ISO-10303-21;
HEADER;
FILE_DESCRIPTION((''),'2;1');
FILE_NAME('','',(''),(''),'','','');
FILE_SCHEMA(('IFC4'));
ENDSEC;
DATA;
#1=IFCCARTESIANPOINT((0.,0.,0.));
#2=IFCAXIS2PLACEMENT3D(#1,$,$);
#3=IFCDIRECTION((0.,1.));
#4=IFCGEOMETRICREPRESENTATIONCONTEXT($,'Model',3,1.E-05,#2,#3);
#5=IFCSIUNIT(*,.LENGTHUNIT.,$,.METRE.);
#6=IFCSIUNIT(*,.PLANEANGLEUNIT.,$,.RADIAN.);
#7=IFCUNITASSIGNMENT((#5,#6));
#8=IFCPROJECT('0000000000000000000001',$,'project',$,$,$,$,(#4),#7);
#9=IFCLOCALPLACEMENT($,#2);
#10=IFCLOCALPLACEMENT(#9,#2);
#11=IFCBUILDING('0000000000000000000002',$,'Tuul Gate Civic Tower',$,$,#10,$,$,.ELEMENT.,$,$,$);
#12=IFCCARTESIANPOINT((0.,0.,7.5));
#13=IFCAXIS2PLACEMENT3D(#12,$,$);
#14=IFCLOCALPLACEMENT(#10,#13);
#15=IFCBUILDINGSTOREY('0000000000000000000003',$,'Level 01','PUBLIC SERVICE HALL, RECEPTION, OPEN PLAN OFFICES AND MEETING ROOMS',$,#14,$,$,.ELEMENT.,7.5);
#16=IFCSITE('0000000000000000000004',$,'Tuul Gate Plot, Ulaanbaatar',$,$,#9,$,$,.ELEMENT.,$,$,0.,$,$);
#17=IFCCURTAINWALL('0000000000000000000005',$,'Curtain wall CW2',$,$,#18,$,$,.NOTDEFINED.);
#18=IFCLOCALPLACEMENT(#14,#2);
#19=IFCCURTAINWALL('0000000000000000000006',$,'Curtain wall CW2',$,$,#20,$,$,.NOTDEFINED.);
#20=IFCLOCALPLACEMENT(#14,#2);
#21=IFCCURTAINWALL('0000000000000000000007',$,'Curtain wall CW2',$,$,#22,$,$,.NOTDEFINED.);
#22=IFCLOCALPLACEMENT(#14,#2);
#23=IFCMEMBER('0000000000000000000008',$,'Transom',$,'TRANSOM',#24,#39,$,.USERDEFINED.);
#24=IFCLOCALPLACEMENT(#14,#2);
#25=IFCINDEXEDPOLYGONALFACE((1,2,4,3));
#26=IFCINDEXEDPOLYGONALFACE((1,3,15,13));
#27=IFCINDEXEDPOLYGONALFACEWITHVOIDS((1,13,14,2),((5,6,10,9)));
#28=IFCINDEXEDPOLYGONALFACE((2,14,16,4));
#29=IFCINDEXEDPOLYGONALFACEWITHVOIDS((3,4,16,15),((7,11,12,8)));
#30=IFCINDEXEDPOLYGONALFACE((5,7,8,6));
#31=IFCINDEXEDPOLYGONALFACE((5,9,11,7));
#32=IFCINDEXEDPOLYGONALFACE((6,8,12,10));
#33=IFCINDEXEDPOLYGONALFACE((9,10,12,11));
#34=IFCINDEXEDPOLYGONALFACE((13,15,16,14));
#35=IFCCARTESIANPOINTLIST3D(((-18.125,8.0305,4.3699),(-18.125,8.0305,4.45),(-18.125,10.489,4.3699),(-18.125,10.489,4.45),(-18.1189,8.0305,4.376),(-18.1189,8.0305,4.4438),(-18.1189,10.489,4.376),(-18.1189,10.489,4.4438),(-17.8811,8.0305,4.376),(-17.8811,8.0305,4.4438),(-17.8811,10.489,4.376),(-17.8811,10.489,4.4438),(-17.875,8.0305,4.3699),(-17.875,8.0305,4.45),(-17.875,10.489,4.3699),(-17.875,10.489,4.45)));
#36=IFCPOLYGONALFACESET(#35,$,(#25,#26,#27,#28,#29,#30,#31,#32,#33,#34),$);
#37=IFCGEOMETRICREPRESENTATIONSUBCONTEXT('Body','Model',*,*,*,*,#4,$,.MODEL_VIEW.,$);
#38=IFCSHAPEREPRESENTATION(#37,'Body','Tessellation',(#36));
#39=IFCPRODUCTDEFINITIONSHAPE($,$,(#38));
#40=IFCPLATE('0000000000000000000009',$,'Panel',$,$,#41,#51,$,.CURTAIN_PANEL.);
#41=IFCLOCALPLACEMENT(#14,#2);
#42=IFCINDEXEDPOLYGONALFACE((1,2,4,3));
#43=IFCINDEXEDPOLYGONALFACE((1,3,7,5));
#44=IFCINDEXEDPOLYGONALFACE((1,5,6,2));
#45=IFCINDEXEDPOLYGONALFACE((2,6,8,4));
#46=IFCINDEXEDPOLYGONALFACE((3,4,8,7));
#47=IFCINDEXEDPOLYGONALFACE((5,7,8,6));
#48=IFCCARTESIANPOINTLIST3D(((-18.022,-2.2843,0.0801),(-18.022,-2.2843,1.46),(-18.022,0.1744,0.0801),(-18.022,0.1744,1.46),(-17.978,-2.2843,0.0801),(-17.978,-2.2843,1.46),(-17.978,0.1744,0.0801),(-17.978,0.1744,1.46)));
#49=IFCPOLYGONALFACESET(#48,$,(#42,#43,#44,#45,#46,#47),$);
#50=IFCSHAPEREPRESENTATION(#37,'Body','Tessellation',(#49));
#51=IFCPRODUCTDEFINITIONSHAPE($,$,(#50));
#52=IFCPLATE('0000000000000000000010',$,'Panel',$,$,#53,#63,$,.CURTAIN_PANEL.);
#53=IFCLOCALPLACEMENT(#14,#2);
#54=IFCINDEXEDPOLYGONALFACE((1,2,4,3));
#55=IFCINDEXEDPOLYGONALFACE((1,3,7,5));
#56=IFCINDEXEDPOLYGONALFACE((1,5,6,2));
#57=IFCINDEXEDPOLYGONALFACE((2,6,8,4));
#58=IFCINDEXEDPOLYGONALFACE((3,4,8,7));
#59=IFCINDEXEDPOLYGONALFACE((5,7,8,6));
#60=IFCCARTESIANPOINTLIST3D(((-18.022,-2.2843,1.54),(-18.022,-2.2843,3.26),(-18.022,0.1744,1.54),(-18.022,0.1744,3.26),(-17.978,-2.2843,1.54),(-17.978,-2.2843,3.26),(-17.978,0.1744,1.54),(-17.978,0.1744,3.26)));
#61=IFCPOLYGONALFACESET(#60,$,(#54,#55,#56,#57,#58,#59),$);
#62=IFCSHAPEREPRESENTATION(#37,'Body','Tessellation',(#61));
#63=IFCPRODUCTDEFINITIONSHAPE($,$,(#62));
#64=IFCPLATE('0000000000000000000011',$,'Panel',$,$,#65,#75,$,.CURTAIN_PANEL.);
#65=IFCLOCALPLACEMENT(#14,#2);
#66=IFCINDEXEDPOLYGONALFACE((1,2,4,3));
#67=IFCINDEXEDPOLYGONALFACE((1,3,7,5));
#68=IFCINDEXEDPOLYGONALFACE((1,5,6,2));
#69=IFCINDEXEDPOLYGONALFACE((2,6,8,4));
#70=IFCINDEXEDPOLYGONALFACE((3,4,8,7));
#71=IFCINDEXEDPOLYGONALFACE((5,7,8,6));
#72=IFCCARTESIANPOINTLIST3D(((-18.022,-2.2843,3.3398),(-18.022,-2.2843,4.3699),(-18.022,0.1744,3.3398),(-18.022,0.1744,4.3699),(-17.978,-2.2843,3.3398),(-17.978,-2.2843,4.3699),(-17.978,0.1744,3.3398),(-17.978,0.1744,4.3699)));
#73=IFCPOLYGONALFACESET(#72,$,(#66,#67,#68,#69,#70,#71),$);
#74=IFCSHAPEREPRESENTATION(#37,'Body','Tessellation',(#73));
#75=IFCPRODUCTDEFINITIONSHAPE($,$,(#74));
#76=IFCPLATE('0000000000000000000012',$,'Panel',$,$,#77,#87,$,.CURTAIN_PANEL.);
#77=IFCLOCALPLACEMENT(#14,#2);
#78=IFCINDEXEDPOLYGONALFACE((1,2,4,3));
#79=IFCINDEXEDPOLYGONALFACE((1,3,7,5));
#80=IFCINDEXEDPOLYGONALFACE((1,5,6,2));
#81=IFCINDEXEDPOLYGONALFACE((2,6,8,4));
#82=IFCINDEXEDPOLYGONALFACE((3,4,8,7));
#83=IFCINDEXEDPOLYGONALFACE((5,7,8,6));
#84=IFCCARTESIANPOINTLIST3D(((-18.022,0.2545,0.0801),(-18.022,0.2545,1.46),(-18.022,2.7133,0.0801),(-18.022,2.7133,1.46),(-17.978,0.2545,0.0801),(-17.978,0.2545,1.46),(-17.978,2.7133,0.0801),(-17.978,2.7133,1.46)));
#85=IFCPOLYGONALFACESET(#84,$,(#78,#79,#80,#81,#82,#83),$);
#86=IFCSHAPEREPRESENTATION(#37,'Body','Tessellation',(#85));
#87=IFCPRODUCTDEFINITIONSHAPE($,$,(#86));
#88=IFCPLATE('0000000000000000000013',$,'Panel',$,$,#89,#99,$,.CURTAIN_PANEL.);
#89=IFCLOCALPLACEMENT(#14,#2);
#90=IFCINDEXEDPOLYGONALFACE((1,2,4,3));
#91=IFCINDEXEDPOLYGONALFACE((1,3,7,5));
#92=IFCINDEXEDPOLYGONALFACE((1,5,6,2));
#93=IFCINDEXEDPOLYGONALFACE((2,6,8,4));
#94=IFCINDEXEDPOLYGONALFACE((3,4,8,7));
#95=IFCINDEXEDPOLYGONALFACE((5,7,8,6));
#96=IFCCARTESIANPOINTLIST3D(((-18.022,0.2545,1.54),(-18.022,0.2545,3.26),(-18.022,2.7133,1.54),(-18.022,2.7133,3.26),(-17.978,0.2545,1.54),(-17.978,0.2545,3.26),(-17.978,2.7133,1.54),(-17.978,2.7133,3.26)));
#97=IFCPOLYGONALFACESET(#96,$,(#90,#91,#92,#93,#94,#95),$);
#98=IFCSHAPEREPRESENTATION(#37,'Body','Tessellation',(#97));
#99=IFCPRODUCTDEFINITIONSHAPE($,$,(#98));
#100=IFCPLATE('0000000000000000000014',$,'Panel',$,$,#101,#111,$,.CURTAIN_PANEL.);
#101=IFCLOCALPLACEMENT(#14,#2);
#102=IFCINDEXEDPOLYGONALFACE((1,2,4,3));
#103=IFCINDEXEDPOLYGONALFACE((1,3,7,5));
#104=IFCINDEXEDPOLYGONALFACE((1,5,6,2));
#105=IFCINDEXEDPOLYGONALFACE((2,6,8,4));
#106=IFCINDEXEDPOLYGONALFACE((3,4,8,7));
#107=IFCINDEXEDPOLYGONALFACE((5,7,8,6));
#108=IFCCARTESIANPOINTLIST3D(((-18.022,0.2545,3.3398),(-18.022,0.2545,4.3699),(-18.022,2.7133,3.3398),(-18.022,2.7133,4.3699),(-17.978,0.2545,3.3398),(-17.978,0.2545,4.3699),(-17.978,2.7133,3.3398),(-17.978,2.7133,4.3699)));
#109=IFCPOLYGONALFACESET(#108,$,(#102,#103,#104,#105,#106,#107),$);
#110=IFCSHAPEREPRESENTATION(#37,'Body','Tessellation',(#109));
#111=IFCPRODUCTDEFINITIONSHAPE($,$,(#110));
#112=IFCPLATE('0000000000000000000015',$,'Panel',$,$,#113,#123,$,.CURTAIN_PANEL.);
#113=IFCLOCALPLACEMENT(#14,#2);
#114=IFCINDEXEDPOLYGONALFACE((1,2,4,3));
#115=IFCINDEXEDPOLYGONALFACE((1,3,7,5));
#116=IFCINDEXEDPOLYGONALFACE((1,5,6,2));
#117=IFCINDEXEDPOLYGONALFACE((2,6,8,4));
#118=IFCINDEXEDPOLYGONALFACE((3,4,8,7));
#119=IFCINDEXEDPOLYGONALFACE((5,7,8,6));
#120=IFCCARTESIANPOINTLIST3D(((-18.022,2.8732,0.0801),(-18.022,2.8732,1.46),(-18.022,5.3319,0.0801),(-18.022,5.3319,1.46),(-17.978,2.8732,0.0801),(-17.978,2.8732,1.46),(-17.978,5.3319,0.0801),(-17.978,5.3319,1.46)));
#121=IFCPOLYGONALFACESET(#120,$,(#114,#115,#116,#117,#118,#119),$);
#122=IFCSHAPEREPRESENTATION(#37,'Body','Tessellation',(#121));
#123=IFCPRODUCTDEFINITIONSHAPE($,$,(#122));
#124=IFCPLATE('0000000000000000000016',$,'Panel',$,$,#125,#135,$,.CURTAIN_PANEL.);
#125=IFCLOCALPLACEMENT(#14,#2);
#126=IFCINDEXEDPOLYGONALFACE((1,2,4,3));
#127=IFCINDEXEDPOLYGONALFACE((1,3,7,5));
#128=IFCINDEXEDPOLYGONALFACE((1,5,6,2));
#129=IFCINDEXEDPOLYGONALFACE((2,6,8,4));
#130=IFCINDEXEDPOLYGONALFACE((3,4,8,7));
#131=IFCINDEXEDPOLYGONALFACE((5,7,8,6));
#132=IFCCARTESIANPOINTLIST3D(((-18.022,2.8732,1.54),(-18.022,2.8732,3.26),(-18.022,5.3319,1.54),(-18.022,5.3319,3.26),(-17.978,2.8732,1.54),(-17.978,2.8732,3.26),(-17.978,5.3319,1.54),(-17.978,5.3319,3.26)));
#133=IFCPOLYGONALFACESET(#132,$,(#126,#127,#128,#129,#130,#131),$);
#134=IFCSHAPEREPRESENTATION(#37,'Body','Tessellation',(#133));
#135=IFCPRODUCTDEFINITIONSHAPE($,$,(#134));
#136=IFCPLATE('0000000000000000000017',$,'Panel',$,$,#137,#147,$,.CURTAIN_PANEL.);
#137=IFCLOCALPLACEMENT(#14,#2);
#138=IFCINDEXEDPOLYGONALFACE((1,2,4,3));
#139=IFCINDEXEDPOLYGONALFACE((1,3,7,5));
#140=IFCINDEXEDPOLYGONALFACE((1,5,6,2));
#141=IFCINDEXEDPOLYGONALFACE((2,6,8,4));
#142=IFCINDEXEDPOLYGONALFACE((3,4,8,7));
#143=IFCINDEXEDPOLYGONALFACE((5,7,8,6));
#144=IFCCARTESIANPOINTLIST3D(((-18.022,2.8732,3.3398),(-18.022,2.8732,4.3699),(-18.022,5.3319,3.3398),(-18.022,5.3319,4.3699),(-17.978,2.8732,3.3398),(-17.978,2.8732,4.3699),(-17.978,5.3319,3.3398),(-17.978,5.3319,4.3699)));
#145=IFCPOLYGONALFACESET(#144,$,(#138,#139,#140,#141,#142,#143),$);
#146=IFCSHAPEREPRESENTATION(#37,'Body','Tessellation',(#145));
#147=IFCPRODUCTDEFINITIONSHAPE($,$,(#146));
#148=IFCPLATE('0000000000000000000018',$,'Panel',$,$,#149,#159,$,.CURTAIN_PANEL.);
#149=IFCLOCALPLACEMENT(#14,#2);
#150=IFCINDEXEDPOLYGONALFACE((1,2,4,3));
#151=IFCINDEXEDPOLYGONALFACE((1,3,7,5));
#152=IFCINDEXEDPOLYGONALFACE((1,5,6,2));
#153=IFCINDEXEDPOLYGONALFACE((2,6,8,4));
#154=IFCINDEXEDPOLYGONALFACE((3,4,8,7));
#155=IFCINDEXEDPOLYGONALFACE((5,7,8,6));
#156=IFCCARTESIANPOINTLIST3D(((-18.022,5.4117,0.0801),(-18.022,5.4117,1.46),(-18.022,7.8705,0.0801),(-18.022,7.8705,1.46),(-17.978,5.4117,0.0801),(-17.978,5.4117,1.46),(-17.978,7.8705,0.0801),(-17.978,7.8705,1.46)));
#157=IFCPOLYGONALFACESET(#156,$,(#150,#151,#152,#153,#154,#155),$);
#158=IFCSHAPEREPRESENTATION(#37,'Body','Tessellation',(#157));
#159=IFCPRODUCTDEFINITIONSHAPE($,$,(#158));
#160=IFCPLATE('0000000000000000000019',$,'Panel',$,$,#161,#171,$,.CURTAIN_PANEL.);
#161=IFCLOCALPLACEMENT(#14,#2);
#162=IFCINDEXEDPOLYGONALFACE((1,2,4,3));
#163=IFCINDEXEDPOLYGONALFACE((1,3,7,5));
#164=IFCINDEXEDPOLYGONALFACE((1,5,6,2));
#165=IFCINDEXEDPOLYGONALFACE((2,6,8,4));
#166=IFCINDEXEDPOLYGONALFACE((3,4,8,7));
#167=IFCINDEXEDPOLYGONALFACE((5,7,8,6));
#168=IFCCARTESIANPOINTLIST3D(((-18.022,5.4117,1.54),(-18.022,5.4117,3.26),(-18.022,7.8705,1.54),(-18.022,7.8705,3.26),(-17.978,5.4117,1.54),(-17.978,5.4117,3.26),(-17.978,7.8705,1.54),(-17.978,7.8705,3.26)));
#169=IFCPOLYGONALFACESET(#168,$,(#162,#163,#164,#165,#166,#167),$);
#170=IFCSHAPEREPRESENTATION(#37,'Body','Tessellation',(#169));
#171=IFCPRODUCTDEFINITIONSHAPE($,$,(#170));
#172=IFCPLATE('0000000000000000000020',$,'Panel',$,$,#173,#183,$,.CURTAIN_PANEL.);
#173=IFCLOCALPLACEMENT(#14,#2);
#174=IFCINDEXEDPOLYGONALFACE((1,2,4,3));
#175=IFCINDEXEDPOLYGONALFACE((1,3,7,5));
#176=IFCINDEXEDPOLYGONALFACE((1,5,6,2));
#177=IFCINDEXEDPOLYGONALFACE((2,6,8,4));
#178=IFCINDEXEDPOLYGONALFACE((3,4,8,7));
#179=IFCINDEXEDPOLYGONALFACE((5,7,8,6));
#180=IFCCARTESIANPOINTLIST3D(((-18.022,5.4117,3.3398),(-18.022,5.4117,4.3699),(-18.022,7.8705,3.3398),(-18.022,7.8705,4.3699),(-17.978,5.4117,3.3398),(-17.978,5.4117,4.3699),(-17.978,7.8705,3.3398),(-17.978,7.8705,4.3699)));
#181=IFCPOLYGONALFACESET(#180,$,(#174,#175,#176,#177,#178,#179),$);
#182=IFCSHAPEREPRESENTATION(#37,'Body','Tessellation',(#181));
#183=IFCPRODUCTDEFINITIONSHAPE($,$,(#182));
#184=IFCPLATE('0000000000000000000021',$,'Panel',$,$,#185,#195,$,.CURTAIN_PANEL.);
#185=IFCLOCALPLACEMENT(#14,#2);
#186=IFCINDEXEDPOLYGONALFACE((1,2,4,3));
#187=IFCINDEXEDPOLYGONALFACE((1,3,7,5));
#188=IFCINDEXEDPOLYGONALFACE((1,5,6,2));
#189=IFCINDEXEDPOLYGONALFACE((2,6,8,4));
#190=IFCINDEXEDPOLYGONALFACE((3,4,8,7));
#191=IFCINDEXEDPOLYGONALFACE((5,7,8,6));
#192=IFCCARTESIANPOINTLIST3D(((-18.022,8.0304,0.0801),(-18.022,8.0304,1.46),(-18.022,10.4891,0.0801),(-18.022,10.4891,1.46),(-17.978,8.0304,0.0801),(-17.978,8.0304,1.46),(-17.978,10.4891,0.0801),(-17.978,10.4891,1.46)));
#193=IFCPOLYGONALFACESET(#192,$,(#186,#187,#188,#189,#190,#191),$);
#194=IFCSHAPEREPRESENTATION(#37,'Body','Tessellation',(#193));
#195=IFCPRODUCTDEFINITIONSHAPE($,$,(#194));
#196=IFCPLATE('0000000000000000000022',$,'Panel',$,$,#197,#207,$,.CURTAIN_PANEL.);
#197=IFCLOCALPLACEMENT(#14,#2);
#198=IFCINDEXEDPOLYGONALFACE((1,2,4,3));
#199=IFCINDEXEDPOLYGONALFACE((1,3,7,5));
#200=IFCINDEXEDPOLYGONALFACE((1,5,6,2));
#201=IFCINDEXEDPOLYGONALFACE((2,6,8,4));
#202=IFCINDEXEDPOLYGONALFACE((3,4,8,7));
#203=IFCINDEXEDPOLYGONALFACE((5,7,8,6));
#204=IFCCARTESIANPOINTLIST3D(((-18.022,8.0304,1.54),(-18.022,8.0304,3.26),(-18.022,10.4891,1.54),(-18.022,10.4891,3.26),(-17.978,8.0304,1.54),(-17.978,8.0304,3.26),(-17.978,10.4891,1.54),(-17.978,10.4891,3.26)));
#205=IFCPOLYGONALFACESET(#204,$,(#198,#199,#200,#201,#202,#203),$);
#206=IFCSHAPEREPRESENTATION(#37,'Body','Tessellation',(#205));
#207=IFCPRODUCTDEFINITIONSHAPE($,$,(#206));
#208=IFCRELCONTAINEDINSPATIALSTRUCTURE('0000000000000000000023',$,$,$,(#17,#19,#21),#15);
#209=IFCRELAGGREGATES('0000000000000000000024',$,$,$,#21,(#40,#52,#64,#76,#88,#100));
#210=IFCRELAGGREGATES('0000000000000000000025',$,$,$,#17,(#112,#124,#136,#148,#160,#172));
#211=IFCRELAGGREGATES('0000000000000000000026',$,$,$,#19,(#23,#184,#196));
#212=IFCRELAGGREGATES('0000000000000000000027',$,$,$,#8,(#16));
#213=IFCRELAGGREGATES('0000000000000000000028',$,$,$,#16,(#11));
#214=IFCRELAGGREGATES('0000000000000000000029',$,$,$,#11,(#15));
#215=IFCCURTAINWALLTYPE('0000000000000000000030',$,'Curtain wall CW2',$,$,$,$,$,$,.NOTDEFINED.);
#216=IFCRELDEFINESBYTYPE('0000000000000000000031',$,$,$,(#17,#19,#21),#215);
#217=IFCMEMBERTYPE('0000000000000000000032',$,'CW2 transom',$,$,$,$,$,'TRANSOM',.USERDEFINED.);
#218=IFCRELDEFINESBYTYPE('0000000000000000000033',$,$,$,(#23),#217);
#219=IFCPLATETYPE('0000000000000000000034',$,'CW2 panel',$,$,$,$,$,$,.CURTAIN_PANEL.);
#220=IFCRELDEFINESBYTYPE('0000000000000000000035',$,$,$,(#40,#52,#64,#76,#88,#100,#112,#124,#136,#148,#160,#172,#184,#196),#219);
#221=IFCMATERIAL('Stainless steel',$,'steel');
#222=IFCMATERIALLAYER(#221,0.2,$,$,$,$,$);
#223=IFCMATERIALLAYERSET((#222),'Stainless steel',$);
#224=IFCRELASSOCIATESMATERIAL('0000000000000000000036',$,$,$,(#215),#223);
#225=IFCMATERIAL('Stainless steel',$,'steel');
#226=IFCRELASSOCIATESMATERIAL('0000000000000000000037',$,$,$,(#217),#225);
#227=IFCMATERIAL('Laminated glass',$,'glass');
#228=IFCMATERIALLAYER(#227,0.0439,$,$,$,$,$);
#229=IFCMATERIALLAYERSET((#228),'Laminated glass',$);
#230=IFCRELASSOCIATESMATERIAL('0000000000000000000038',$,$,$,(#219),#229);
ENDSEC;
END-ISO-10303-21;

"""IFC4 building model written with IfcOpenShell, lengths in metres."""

from ifc_helpers import new_model, si_unit, direction, frame, origin, origin_2d, place, context, subcontext, project, spatial, rectangle, hollow_rectangle, extrude, material, layer, layer_set, material_profile, profile_set, type_object, element, aggregate, save


model = new_model("IFC4")

# Units and contexts
model_context = context("Model", 3, precision=1e-05, world=origin(), true_north=direction((0.0, 1.0)))
body_context = subcontext(model_context, "Body", "Model", "MODEL_VIEW")
ifc_project = project(units=[si_unit("LENGTHUNIT", "METRE"), si_unit("PLANEANGLEUNIT", "RADIAN")], contexts=[model_context])

# Site, building, storey
site_placement = place(None, origin())
site = spatial("IfcSite", under=ifc_project, at=site_placement, Name="Tuul Gate Plot, Ulaanbaatar", CompositionType="ELEMENT", RefElevation=0.0)
building_placement = place(site_placement, origin())
building = spatial("IfcBuilding", under=site, at=building_placement, Name="Tuul Gate Civic Tower", CompositionType="ELEMENT")
storey_placement = place(building_placement, frame((0.0, 0.0, 7.5)))
storey = spatial("IfcBuildingStorey", under=building, at=storey_placement, Name="Level 01", Description="PUBLIC SERVICE HALL, RECEPTION, OPEN PLAN OFFICES AND MEETING ROOMS", CompositionType="ELEMENT", Elevation=7.5)

# Curtain walls
ifc_material_1 = material(Name="Stainless steel", Category="steel")
ifc_layer_1 = layer(ifc_material_1, 0.2)
ifc_layer_set_1 = layer_set([ifc_layer_1], Name="Stainless steel")
curtain_wall_type = type_object("IfcCurtainWallType", Name="Curtain wall CW2", PredefinedType="NOTDEFINED", material=ifc_layer_set_1)
curtain_wall_1_placement = place(storey_placement, origin())
curtain_wall_1 = element("IfcCurtainWall", 1, at=curtain_wall_1_placement, inside=storey, type_object=curtain_wall_type, Name="Curtain wall CW2", PredefinedType="NOTDEFINED")
curtain_wall_2_placement = place(storey_placement, origin())
curtain_wall_2 = element("IfcCurtainWall", 2, at=curtain_wall_2_placement, inside=storey, type_object=curtain_wall_type, Name="Curtain wall CW2", PredefinedType="NOTDEFINED")
curtain_wall_3_placement = place(storey_placement, origin())
curtain_wall_3 = element("IfcCurtainWall", 3, at=curtain_wall_3_placement, inside=storey, type_object=curtain_wall_type, Name="Curtain wall CW2", PredefinedType="NOTDEFINED")
ifc_material_2 = material(Name="Stainless steel", Category="steel")
ifc_material_profile_1 = material_profile(ifc_material_2, hollow_rectangle(XDim=0.25, YDim=0.0801, WallThickness=0.0061, at=origin_2d()), Name="CW2 transom")
ifc_profile_set_1 = profile_set([ifc_material_profile_1], Name="Stainless steel")
member_type_1 = type_object("IfcMemberType", Name="CW2 transom", ElementType="TRANSOM", PredefinedType="USERDEFINED", material=ifc_profile_set_1)

# Member
member_1_placement = place(storey_placement, frame((-18.0, 8.0305, 4.4099), z_axis=(0.0, 1.0, 0.0), x_axis=(-1.0, 0.0, 0.0)))
member_1 = element("IfcMember", 4, at=member_1_placement, type_object=member_type_1, Name="Transom", ObjectType="TRANSOM", PredefinedType="USERDEFINED", context=body_context, shape_type="SweptSolid", body=[
    extrude(hollow_rectangle(XDim=0.25, YDim=0.0801, WallThickness=0.0061, at=origin_2d()), origin(), (0.0, 0.0, 1.0), 2.4585),
])

# Plates
ifc_material_3 = material(Name="Laminated glass", Category="glass")
ifc_layer_2 = layer(ifc_material_3, 0.0439)
ifc_layer_set_2 = layer_set([ifc_layer_2], Name="Laminated glass")
plate_type = type_object("IfcPlateType", Name="CW2 panel", PredefinedType="CURTAIN_PANEL", material=ifc_layer_set_2)
plate_1_placement = place(storey_placement, frame((-18.0, -1.0549, 0.0801), z_axis=(0.0, 0.0, 1.0), x_axis=(0.0, 1.0, 0.0)))
plate_1 = element("IfcPlate", 5, at=plate_1_placement, type_object=plate_type, Name="Panel", PredefinedType="CURTAIN_PANEL", context=body_context, shape_type="SweptSolid", body=[
    extrude(rectangle(XDim=2.4587, YDim=0.0439, at=origin_2d()), origin(), (0.0, 0.0, 1.0), 1.3799),
])
plate_2_placement = place(storey_placement, frame((-18.0, -1.0549, 1.54), z_axis=(0.0, 0.0, 1.0), x_axis=(0.0, 1.0, 0.0)))
plate_2 = element("IfcPlate", 6, at=plate_2_placement, type_object=plate_type, Name="Panel", PredefinedType="CURTAIN_PANEL", context=body_context, shape_type="SweptSolid", body=[
    extrude(rectangle(XDim=2.4587, YDim=0.0439, at=origin_2d()), origin(), (0.0, 0.0, 1.0), 1.72),
])
plate_3_placement = place(storey_placement, frame((-18.0, -1.0549, 3.3398), z_axis=(0.0, 0.0, 1.0), x_axis=(0.0, 1.0, 0.0)))
plate_3 = element("IfcPlate", 7, at=plate_3_placement, type_object=plate_type, Name="Panel", PredefinedType="CURTAIN_PANEL", context=body_context, shape_type="SweptSolid", body=[
    extrude(rectangle(XDim=2.4587, YDim=0.0439, at=origin_2d()), origin(), (0.0, 0.0, 1.0), 1.03),
])
plate_4_placement = place(storey_placement, frame((-18.0, 1.4839, 0.0801), z_axis=(0.0, 0.0, 1.0), x_axis=(0.0, 1.0, 0.0)))
plate_4 = element("IfcPlate", 8, at=plate_4_placement, type_object=plate_type, Name="Panel", PredefinedType="CURTAIN_PANEL", context=body_context, shape_type="SweptSolid", body=[
    extrude(rectangle(XDim=2.4587, YDim=0.0439, at=origin_2d()), origin(), (0.0, 0.0, 1.0), 1.3799),
])
plate_5_placement = place(storey_placement, frame((-18.0, 1.4839, 1.54), z_axis=(0.0, 0.0, 1.0), x_axis=(0.0, 1.0, 0.0)))
plate_5 = element("IfcPlate", 9, at=plate_5_placement, type_object=plate_type, Name="Panel", PredefinedType="CURTAIN_PANEL", context=body_context, shape_type="SweptSolid", body=[
    extrude(rectangle(XDim=2.4587, YDim=0.0439, at=origin_2d()), origin(), (0.0, 0.0, 1.0), 1.72),
])
plate_6_placement = place(storey_placement, frame((-18.0, 1.4839, 3.3398), z_axis=(0.0, 0.0, 1.0), x_axis=(0.0, 1.0, 0.0)))
plate_6 = element("IfcPlate", 10, at=plate_6_placement, type_object=plate_type, Name="Panel", PredefinedType="CURTAIN_PANEL", context=body_context, shape_type="SweptSolid", body=[
    extrude(rectangle(XDim=2.4587, YDim=0.0439, at=origin_2d()), origin(), (0.0, 0.0, 1.0), 1.03),
])
aggregate(curtain_wall_3, [plate_1, plate_2, plate_3, plate_4, plate_5, plate_6])
plate_7_placement = place(storey_placement, frame((-18.0, 4.1025, 0.0801), z_axis=(0.0, 0.0, 1.0), x_axis=(0.0, 1.0, 0.0)))
plate_7 = element("IfcPlate", 11, at=plate_7_placement, type_object=plate_type, Name="Panel", PredefinedType="CURTAIN_PANEL", context=body_context, shape_type="SweptSolid", body=[
    extrude(rectangle(XDim=2.4587, YDim=0.0439, at=origin_2d()), origin(), (0.0, 0.0, 1.0), 1.3799),
])
plate_8_placement = place(storey_placement, frame((-18.0, 4.1025, 1.54), z_axis=(0.0, 0.0, 1.0), x_axis=(0.0, 1.0, 0.0)))
plate_8 = element("IfcPlate", 12, at=plate_8_placement, type_object=plate_type, Name="Panel", PredefinedType="CURTAIN_PANEL", context=body_context, shape_type="SweptSolid", body=[
    extrude(rectangle(XDim=2.4587, YDim=0.0439, at=origin_2d()), origin(), (0.0, 0.0, 1.0), 1.72),
])
plate_9_placement = place(storey_placement, frame((-18.0, 4.1025, 3.3398), z_axis=(0.0, 0.0, 1.0), x_axis=(0.0, 1.0, 0.0)))
plate_9 = element("IfcPlate", 13, at=plate_9_placement, type_object=plate_type, Name="Panel", PredefinedType="CURTAIN_PANEL", context=body_context, shape_type="SweptSolid", body=[
    extrude(rectangle(XDim=2.4587, YDim=0.0439, at=origin_2d()), origin(), (0.0, 0.0, 1.0), 1.03),
])
plate_10_placement = place(storey_placement, frame((-18.0, 6.6411, 0.0801), z_axis=(0.0, 0.0, 1.0), x_axis=(0.0, 1.0, 0.0)))
plate_10 = element("IfcPlate", 14, at=plate_10_placement, type_object=plate_type, Name="Panel", PredefinedType="CURTAIN_PANEL", context=body_context, shape_type="SweptSolid", body=[
    extrude(rectangle(XDim=2.4587, YDim=0.0439, at=origin_2d()), origin(), (0.0, 0.0, 1.0), 1.3799),
])
plate_11_placement = place(storey_placement, frame((-18.0, 6.6411, 1.54), z_axis=(0.0, 0.0, 1.0), x_axis=(0.0, 1.0, 0.0)))
plate_11 = element("IfcPlate", 15, at=plate_11_placement, type_object=plate_type, Name="Panel", PredefinedType="CURTAIN_PANEL", context=body_context, shape_type="SweptSolid", body=[
    extrude(rectangle(XDim=2.4587, YDim=0.0439, at=origin_2d()), origin(), (0.0, 0.0, 1.0), 1.72),
])
plate_12_placement = place(storey_placement, frame((-18.0, 6.6411, 3.3398), z_axis=(0.0, 0.0, 1.0), x_axis=(0.0, 1.0, 0.0)))
plate_12 = element("IfcPlate", 16, at=plate_12_placement, type_object=plate_type, Name="Panel", PredefinedType="CURTAIN_PANEL", context=body_context, shape_type="SweptSolid", body=[
    extrude(rectangle(XDim=2.4587, YDim=0.0439, at=origin_2d()), origin(), (0.0, 0.0, 1.0), 1.03),
])
aggregate(curtain_wall_1, [plate_7, plate_8, plate_9, plate_10, plate_11, plate_12])
plate_13_placement = place(storey_placement, frame((-18.0, 9.2598, 0.0801), z_axis=(0.0, 0.0, 1.0), x_axis=(0.0, 1.0, 0.0)))
plate_13 = element("IfcPlate", 17, at=plate_13_placement, type_object=plate_type, Name="Panel", PredefinedType="CURTAIN_PANEL", context=body_context, shape_type="SweptSolid", body=[
    extrude(rectangle(XDim=2.4587, YDim=0.0439, at=origin_2d()), origin(), (0.0, 0.0, 1.0), 1.3799),
])
plate_14_placement = place(storey_placement, frame((-18.0, 9.2598, 1.54), z_axis=(0.0, 0.0, 1.0), x_axis=(0.0, 1.0, 0.0)))
plate_14 = element("IfcPlate", 18, at=plate_14_placement, type_object=plate_type, Name="Panel", PredefinedType="CURTAIN_PANEL", context=body_context, shape_type="SweptSolid", body=[
    extrude(rectangle(XDim=2.4587, YDim=0.0439, at=origin_2d()), origin(), (0.0, 0.0, 1.0), 1.72),
])
aggregate(curtain_wall_2, [member_1, plate_13, plate_14])

save(model, "model.ifc")
